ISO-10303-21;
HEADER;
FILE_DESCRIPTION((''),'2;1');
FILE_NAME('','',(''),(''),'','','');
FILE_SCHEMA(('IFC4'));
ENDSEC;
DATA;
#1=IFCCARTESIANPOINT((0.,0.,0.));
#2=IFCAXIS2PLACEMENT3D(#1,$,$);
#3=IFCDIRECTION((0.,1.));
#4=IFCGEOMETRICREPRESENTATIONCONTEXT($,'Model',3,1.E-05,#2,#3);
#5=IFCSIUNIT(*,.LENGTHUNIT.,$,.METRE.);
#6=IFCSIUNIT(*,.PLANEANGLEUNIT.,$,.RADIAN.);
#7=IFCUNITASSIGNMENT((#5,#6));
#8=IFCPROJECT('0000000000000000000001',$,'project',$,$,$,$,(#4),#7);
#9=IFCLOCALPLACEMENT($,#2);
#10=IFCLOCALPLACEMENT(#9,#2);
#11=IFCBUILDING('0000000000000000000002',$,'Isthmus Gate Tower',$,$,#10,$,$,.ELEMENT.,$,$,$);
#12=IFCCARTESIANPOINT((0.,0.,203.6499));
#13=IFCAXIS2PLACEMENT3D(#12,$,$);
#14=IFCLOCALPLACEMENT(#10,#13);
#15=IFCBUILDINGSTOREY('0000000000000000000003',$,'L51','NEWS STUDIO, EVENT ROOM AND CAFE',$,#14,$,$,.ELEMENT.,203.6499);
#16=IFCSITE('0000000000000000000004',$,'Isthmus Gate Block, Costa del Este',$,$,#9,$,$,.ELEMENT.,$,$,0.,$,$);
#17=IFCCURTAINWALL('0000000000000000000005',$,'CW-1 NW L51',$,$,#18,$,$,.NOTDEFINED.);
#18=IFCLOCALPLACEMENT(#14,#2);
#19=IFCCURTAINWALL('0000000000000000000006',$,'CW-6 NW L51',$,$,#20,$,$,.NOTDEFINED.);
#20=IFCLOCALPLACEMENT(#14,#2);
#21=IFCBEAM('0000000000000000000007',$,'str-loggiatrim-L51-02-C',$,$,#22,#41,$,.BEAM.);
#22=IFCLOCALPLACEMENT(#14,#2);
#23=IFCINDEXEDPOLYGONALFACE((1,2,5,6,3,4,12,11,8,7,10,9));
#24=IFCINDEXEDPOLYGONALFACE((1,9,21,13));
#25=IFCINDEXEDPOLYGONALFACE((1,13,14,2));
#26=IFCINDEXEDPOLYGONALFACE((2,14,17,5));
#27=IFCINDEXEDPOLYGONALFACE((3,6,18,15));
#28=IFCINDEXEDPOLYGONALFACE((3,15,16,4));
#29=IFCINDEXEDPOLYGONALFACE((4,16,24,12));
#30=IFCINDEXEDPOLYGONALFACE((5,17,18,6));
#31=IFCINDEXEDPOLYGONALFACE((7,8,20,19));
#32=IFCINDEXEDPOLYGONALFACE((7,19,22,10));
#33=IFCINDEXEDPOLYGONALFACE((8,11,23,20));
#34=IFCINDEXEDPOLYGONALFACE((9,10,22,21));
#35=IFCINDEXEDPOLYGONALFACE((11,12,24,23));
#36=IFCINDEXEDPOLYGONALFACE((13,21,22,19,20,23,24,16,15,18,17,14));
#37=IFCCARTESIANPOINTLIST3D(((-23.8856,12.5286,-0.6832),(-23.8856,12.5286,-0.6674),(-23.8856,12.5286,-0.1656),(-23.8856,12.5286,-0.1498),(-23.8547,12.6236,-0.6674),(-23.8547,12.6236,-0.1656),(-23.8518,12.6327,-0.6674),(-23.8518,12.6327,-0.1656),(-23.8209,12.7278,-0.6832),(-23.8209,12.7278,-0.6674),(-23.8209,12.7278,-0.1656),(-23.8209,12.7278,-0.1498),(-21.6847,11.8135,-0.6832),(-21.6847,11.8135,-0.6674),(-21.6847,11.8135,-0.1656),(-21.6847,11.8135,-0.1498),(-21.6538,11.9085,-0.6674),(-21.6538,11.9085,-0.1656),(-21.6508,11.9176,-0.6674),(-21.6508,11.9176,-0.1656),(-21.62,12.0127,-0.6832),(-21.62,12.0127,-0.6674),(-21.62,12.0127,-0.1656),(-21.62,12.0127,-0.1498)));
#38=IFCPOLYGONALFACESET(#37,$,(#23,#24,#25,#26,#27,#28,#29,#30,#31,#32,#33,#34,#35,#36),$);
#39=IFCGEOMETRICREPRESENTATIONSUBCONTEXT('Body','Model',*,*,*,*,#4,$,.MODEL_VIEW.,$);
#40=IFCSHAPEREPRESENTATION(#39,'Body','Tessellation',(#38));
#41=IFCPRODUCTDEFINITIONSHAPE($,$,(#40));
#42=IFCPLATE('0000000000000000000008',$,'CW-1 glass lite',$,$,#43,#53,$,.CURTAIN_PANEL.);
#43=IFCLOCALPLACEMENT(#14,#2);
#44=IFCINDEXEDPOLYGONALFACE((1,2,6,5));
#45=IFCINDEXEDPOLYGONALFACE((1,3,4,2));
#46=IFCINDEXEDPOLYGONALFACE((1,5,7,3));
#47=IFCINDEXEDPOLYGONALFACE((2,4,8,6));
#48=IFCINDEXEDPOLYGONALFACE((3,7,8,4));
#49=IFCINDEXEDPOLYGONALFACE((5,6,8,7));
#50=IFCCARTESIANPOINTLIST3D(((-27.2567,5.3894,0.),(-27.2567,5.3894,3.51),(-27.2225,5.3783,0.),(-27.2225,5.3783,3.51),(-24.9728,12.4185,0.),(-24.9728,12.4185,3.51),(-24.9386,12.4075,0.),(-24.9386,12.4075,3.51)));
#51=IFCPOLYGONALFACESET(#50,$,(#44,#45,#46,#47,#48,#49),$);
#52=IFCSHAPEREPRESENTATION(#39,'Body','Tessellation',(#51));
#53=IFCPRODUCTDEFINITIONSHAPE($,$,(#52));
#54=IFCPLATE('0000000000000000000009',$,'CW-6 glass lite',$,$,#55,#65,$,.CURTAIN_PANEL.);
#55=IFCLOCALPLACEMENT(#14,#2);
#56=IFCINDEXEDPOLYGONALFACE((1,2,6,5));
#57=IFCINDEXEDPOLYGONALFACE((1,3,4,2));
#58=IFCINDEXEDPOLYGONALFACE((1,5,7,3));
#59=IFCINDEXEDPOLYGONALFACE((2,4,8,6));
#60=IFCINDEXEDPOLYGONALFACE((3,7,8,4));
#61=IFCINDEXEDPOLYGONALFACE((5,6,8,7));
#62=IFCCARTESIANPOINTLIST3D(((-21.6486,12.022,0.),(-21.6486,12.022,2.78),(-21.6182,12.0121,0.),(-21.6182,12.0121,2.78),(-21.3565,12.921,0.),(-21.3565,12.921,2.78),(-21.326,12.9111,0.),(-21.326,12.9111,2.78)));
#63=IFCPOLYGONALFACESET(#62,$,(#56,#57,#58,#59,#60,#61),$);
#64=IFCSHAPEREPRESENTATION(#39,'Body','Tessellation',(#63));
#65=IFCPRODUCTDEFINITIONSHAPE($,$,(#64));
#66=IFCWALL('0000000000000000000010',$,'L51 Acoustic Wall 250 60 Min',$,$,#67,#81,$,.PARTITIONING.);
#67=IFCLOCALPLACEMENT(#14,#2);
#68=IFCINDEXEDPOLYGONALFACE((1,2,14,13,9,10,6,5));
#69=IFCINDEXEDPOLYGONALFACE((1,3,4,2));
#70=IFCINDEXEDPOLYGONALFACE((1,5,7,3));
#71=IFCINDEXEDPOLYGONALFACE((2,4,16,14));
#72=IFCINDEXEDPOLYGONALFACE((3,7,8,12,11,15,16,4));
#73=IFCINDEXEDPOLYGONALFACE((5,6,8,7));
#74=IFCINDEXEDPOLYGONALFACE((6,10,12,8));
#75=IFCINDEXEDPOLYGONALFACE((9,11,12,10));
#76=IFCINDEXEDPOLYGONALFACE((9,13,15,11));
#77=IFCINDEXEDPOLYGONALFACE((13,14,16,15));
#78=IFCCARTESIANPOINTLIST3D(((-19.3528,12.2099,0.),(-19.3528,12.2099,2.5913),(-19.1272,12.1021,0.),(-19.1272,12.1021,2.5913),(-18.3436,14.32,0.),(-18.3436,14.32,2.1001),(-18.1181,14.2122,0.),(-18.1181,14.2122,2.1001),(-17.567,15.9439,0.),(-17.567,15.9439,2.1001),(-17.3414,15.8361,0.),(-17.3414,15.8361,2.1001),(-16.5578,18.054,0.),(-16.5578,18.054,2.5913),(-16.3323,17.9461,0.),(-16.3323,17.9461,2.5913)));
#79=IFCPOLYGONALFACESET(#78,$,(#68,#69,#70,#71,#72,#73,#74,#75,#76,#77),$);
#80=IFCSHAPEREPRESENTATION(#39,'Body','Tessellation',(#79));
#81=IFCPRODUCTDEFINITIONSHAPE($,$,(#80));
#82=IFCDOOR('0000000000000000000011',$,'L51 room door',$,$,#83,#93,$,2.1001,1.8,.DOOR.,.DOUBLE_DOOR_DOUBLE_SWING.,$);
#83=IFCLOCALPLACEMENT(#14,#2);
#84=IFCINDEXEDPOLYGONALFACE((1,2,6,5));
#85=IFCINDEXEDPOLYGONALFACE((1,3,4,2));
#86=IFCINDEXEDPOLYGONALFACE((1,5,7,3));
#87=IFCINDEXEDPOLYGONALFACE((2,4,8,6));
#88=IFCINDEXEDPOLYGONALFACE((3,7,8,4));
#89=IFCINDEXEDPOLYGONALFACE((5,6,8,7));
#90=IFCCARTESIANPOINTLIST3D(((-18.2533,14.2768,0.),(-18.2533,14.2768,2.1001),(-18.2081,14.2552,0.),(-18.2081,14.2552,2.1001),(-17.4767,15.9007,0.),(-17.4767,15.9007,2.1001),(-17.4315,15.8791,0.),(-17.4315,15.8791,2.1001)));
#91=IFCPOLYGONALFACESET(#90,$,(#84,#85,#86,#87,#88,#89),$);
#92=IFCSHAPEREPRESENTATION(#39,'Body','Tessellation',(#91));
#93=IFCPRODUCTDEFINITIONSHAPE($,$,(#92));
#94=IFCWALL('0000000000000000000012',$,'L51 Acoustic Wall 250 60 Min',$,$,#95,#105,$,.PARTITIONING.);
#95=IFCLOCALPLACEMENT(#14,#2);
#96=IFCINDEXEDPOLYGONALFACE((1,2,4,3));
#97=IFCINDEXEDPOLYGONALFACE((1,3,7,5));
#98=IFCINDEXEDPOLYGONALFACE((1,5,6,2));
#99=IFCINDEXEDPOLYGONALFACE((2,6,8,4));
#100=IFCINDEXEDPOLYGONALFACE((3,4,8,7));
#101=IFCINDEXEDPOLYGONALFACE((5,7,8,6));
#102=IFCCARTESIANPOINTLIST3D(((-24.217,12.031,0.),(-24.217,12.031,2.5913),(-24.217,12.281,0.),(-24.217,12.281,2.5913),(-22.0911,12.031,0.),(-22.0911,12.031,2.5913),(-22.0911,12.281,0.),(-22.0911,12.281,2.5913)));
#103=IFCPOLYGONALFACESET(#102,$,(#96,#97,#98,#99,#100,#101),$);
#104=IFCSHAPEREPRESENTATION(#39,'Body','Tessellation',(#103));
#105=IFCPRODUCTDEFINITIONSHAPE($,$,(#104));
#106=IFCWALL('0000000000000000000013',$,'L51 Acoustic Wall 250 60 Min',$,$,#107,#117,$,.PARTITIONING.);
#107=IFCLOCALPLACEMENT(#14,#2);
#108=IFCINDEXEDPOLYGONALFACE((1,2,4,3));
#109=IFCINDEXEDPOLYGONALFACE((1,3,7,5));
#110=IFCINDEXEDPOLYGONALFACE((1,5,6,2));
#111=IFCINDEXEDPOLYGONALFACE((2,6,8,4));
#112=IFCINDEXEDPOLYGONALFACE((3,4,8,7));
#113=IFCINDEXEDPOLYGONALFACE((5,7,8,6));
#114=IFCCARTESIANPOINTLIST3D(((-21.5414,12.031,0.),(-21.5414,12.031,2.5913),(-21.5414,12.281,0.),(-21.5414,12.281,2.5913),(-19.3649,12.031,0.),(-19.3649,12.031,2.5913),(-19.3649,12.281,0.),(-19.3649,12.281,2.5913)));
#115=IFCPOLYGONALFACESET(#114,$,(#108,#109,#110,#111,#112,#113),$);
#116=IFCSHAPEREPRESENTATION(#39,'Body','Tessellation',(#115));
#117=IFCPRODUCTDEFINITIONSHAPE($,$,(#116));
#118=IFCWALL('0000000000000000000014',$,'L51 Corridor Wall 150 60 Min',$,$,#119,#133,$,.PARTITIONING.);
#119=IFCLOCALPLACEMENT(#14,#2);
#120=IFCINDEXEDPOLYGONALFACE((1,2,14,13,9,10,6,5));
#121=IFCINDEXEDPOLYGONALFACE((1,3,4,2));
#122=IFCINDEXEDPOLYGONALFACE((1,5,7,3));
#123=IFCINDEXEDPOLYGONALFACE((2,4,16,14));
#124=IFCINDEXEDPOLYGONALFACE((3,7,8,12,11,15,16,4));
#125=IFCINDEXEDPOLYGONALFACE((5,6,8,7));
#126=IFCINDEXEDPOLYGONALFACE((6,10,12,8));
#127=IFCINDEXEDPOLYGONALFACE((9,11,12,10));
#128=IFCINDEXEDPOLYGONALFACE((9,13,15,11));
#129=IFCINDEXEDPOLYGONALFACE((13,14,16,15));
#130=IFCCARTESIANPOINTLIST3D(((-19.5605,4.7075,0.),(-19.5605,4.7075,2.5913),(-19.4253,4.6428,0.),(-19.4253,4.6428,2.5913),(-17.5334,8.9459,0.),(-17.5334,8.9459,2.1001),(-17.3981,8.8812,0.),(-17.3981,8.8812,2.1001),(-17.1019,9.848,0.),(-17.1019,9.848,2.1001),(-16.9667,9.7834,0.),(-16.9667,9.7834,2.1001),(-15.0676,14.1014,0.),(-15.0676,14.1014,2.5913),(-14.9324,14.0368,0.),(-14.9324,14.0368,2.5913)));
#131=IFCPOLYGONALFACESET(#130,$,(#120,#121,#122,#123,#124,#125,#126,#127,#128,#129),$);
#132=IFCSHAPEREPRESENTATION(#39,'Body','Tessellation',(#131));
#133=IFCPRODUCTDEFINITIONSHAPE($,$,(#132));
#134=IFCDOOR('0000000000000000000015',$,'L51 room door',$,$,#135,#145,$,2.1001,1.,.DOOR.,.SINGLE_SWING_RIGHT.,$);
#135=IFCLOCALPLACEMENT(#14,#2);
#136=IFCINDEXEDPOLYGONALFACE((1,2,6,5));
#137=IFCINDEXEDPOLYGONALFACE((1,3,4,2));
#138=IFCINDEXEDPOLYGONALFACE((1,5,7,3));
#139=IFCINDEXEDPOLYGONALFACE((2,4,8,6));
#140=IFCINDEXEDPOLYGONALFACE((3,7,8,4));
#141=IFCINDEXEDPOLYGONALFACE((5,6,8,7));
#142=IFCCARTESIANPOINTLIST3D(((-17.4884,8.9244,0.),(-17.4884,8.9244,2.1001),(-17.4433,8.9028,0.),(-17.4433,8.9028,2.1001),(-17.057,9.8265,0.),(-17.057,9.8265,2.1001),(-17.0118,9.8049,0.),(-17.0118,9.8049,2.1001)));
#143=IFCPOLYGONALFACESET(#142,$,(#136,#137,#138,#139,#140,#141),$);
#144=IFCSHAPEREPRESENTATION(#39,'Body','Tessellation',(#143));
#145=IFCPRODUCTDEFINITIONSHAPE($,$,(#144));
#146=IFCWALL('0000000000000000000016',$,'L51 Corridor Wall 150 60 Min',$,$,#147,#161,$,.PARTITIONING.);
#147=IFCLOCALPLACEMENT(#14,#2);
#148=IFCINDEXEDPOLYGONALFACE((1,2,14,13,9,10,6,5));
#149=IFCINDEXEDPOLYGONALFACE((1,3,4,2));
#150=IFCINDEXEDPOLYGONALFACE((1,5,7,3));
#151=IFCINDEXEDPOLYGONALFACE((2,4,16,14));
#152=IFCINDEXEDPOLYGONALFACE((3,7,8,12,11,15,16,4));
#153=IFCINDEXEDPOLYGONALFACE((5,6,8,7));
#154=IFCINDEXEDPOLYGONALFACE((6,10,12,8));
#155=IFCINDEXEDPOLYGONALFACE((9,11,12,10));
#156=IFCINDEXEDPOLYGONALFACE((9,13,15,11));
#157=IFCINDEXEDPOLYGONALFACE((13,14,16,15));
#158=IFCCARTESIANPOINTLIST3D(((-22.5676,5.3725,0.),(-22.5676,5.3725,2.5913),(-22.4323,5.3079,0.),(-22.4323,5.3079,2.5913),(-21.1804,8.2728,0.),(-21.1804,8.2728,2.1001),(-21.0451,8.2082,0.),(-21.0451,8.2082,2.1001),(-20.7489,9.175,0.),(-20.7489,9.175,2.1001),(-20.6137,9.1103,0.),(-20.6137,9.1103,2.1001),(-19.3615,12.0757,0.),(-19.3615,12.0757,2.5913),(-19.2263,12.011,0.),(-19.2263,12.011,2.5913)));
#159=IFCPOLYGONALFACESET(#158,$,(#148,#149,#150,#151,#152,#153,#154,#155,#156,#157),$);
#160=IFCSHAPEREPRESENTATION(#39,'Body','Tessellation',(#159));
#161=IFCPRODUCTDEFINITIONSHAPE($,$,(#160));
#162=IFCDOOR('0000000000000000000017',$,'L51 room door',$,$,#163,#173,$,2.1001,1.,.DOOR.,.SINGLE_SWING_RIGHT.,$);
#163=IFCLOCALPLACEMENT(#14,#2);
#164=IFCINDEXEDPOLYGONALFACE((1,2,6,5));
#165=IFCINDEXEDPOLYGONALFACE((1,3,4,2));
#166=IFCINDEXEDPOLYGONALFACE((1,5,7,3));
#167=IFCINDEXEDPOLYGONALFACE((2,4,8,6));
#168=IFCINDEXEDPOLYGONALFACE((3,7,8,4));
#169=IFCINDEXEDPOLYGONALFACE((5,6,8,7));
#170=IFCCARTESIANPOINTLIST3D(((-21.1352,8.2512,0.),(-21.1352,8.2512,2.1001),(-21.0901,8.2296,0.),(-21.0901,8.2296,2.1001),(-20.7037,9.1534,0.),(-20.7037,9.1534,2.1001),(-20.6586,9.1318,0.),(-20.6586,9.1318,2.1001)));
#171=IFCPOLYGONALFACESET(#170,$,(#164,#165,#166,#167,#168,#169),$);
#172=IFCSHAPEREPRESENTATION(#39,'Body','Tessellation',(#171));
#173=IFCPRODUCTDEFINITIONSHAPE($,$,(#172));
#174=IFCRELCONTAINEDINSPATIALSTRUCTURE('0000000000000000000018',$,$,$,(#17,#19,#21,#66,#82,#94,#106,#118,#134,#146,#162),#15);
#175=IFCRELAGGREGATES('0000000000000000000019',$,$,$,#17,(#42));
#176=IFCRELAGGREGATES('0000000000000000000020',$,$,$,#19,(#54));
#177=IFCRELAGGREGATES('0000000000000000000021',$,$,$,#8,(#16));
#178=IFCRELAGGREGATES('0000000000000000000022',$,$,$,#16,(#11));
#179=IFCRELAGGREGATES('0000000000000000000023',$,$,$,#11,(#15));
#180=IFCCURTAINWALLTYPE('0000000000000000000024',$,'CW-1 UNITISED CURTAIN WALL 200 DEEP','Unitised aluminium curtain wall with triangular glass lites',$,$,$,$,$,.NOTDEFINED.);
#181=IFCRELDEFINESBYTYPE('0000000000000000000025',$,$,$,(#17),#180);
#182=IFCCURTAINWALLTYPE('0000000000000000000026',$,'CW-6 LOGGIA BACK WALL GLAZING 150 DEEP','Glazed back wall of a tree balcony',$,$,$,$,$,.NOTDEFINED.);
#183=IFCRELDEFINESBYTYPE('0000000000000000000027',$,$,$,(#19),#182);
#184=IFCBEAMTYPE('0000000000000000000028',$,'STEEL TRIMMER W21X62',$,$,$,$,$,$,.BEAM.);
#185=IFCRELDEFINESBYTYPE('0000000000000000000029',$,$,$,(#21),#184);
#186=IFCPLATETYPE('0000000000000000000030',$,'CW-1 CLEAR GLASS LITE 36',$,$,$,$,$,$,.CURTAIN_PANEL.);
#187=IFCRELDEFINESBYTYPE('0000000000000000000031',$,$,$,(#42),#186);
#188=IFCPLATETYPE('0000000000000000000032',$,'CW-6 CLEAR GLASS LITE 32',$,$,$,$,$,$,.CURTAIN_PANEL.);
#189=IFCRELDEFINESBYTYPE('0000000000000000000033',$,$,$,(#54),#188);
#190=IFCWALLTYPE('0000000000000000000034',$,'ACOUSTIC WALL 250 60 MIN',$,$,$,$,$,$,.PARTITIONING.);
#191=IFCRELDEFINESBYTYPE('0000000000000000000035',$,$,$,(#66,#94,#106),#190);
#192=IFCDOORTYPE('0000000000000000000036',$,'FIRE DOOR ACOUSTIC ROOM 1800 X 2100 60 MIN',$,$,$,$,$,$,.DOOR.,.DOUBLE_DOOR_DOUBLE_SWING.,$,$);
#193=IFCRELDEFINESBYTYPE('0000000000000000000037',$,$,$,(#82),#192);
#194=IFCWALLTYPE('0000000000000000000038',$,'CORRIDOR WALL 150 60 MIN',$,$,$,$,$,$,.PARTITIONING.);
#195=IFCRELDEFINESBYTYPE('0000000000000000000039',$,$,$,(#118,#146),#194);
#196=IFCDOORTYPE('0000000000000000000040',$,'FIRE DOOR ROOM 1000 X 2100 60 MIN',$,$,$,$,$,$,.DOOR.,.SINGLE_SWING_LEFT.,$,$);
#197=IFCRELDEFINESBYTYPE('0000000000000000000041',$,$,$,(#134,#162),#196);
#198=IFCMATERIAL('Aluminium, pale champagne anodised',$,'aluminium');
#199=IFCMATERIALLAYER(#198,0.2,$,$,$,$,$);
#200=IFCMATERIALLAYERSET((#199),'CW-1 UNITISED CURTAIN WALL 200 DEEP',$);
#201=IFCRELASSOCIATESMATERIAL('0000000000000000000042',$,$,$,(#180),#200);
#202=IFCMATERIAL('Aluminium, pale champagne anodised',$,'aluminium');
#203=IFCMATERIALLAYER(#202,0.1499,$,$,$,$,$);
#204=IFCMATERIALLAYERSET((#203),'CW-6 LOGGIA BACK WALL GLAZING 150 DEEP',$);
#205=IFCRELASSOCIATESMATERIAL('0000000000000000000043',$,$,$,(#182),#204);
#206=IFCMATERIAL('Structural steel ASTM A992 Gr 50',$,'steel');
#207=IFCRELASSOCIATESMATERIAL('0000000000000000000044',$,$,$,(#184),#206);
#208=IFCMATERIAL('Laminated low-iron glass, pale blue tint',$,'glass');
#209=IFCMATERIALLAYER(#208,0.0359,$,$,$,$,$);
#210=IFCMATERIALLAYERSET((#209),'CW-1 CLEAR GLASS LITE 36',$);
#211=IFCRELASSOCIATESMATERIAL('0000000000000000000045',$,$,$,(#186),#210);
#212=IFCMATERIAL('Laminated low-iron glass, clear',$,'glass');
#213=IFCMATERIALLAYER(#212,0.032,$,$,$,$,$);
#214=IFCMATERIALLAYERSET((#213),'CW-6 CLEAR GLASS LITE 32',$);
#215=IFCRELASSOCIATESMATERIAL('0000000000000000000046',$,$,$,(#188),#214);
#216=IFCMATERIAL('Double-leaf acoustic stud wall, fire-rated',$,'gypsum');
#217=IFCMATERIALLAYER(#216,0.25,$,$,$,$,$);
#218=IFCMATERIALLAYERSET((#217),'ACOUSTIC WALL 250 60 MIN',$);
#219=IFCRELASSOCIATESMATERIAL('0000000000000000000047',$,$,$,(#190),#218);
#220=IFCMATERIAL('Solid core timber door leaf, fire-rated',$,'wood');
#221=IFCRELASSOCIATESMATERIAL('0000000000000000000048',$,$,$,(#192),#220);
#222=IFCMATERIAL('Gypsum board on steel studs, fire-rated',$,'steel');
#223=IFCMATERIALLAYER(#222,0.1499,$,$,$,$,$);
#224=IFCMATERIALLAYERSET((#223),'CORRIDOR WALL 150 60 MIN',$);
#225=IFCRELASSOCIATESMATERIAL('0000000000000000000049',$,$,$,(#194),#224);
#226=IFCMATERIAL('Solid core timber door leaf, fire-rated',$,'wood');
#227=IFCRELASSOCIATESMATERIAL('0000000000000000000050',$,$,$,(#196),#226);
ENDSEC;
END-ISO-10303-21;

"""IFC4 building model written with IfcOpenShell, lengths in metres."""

from ifc_helpers import new_model, si_unit, direction, frame, frame_2d, origin, origin_2d, place, context, subcontext, project, spatial, rectangle, i_section, extrude, material, layer, layer_set, material_profile, profile_set, type_object, element, fill, aggregate, save


model = new_model("IFC4")

# Units and contexts
model_context = context("Model", 3, precision=1e-05, world=origin(), true_north=direction((0.0, 1.0)))
body_context = subcontext(model_context, "Body", "Model", "MODEL_VIEW")
ifc_project = project(units=[si_unit("LENGTHUNIT", "METRE"), si_unit("PLANEANGLEUNIT", "RADIAN")], contexts=[model_context])

# Site, building, storey
site_placement = place(None, origin())
site = spatial("IfcSite", under=ifc_project, at=site_placement, Name="Isthmus Gate Block, Costa del Este", CompositionType="ELEMENT", RefElevation=0.0)
building_placement = place(site_placement, origin())
building = spatial("IfcBuilding", under=site, at=building_placement, Name="Isthmus Gate Tower", CompositionType="ELEMENT")
storey_placement = place(building_placement, frame((0.0, 0.0, 203.6499)))
storey = spatial("IfcBuildingStorey", under=building, at=storey_placement, Name="L51", Description="NEWS STUDIO, EVENT ROOM AND CAFE", CompositionType="ELEMENT", Elevation=203.6499)

# Curtain wall
ifc_material_1 = material(Name="Aluminium, pale champagne anodised", Category="aluminium")
ifc_layer_1 = layer(ifc_material_1, 0.2)
ifc_layer_set_1 = layer_set([ifc_layer_1], Name="CW-1 UNITISED CURTAIN WALL 200 DEEP")
curtain_wall_type_1 = type_object("IfcCurtainWallType", Name="CW-1 UNITISED CURTAIN WALL 200 DEEP", Description="Unitised aluminium curtain wall with triangular glass lites", PredefinedType="NOTDEFINED", material=ifc_layer_set_1)
curtain_wall_1_placement = place(storey_placement, origin())
curtain_wall_1 = element("IfcCurtainWall", 1, at=curtain_wall_1_placement, inside=storey, type_object=curtain_wall_type_1, Name="CW-1 NW L51", PredefinedType="NOTDEFINED")

# Curtain wall
ifc_material_2 = material(Name="Aluminium, pale champagne anodised", Category="aluminium")
ifc_layer_2 = layer(ifc_material_2, 0.1499)
ifc_layer_set_2 = layer_set([ifc_layer_2], Name="CW-6 LOGGIA BACK WALL GLAZING 150 DEEP")
curtain_wall_type_2 = type_object("IfcCurtainWallType", Name="CW-6 LOGGIA BACK WALL GLAZING 150 DEEP", Description="Glazed back wall of a tree balcony", PredefinedType="NOTDEFINED", material=ifc_layer_set_2)
curtain_wall_2_placement = place(storey_placement, origin())
curtain_wall_2 = element("IfcCurtainWall", 2, at=curtain_wall_2_placement, inside=storey, type_object=curtain_wall_type_2, Name="CW-6 NW L51", PredefinedType="NOTDEFINED")

# Beam
ifc_material_3 = material(Name="Structural steel ASTM A992 Gr 50", Category="steel")
ifc_material_profile_1 = material_profile(ifc_material_3, i_section(OverallWidth=0.2095, OverallDepth=0.5334, WebThickness=0.0095, FlangeThickness=0.0159, at=origin_2d()), Name="W21X62")
ifc_profile_set_1 = profile_set([ifc_material_profile_1], Name="Structural steel ASTM A992 Gr 50")
beam_type_1 = type_object("IfcBeamType", Name="STEEL TRIMMER W21X62", PredefinedType="BEAM", material=ifc_profile_set_1)
beam_1_placement = place(storey_placement, frame((-23.8533, 12.6282, -0.4165), z_axis=(0.951061, -0.309003, 0.0), x_axis=(0.309003, 0.951061, 0.0)))
element("IfcBeam", 3, at=beam_1_placement, inside=storey, type_object=beam_type_1, Name="str-loggiatrim-L51-02-C", PredefinedType="BEAM", context=body_context, shape_type="SweptSolid", body=[
    extrude(i_section(OverallWidth=0.2095, OverallDepth=0.5334, WebThickness=0.0095, FlangeThickness=0.0159, at=origin_2d()), origin(), (0.0, 0.0, 1.0), 2.3142),
])

# Plates
ifc_material_4 = material(Name="Laminated low-iron glass, pale blue tint", Category="glass")
ifc_layer_3 = layer(ifc_material_4, 0.0359)
ifc_layer_set_3 = layer_set([ifc_layer_3], Name="CW-1 CLEAR GLASS LITE 36")
plate_type_1 = type_object("IfcPlateType", Name="CW-1 CLEAR GLASS LITE 36", PredefinedType="CURTAIN_PANEL", material=ifc_layer_set_3)
plate_1_placement = place(storey_placement, frame((-26.0977, 8.8984, 0.0), z_axis=(0.0, 0.0, 1.0), x_axis=(-0.309017, -0.951057, 0.0)))
plate_1 = element("IfcPlate", 4, at=plate_1_placement, type_object=plate_type_1, Name="CW-1 glass lite", PredefinedType="CURTAIN_PANEL", context=body_context, shape_type="SweptSolid", body=[
    extrude(rectangle(XDim=7.3909, YDim=0.0359, at=origin_2d()), origin(), (0.0, 0.0, 1.0), 3.51),
])
aggregate(curtain_wall_1, [plate_1])
ifc_material_5 = material(Name="Laminated low-iron glass, clear", Category="glass")
ifc_layer_4 = layer(ifc_material_5, 0.032)
ifc_layer_set_4 = layer_set([ifc_layer_4], Name="CW-6 CLEAR GLASS LITE 32")
plate_type_2 = type_object("IfcPlateType", Name="CW-6 CLEAR GLASS LITE 32", PredefinedType="CURTAIN_PANEL", material=ifc_layer_set_4)
plate_2_placement = place(storey_placement, frame((-21.4873, 12.4666, 0.0), z_axis=(0.0, 0.0, 1.0), x_axis=(-0.309017, -0.951057, 0.0)))
plate_2 = element("IfcPlate", 5, at=plate_2_placement, type_object=plate_type_2, Name="CW-6 glass lite", PredefinedType="CURTAIN_PANEL", context=body_context, shape_type="SweptSolid", body=[
    extrude(rectangle(XDim=0.9453, YDim=0.032, at=origin_2d()), origin(), (0.0, 0.0, 1.0), 2.78),
])
aggregate(curtain_wall_2, [plate_2])

# Wall, opening, door
ifc_material_6 = material(Name="Double-leaf acoustic stud wall, fire-rated", Category="gypsum")
ifc_layer_5 = layer(ifc_material_6, 0.25)
ifc_layer_set_5 = layer_set([ifc_layer_5], Name="ACOUSTIC WALL 250 60 MIN")
wall_type_1 = type_object("IfcWallType", Name="ACOUSTIC WALL 250 60 MIN", PredefinedType="PARTITIONING", material=ifc_layer_set_5)
wall_1_placement = place(storey_placement, frame((-19.24, 12.156, 0.0), z_axis=(0.0, 0.0, 1.0), x_axis=(0.431451, 0.902136, 0.0)))
wall_1 = element("IfcWall", 6, at=wall_1_placement, inside=storey, type_object=wall_type_1, Name="L51 Acoustic Wall 250 60 Min", PredefinedType="PARTITIONING", context=body_context, shape_type="SweptSolid", body=[
    extrude(rectangle(XDim=6.478, YDim=0.25, at=frame_2d((3.239, 0.0))), origin(), (0.0, 0.0, 1.0), 2.5913),
])
opening_1_placement = place(wall_1_placement, frame((2.3391, 0.0, 0.0)))
opening_1 = element("IfcOpeningElement", 7, at=opening_1_placement, cuts=wall_1, PredefinedType="OPENING", context=body_context, shape_type="SweptSolid", body=[
    extrude(rectangle(XDim=1.8, YDim=2.1001, at=frame_2d((0.8999, 1.05))), frame((0.0, 0.135, 0.0), z_axis=(0.0, -1.0, 0.0), x_axis=(1.0, 0.0, 0.0)), (0.0, 0.0, 1.0), 0.27),
])
ifc_material_7 = material(Name="Solid core timber door leaf, fire-rated", Category="wood")
door_type_1 = type_object("IfcDoorType", Name="FIRE DOOR ACOUSTIC ROOM 1800 X 2100 60 MIN", OperationType="DOUBLE_DOOR_DOUBLE_SWING", PredefinedType="DOOR", material=ifc_material_7)
door_1_placement = place(opening_1_placement, origin())
door_1 = element("IfcDoor", 8, at=door_1_placement, inside=storey, type_object=door_type_1, Name="L51 room door", OperationType="DOUBLE_DOOR_DOUBLE_SWING", OverallHeight=2.1001, OverallWidth=1.8, PredefinedType="DOOR", context=body_context, shape_type="SweptSolid", body=[
    extrude(rectangle(XDim=1.8, YDim=2.1001, at=frame_2d((0.8999, 1.05))), frame((0.0, 0.0249, 0.0), z_axis=(0.0, -1.0, 0.0), x_axis=(1.0, 0.0, 0.0)), (0.0, 0.0, 1.0), 0.05),
])
fill(opening_1, door_1)

# Walls
wall_2_placement = place(storey_placement, frame((-24.217, 12.156, 0.0), z_axis=(0.0, 0.0, 1.0), x_axis=(1.0, 0.0, 0.0)))
element("IfcWall", 9, at=wall_2_placement, inside=storey, type_object=wall_type_1, Name="L51 Acoustic Wall 250 60 Min", PredefinedType="PARTITIONING", context=body_context, shape_type="SweptSolid", body=[
    extrude(rectangle(XDim=2.126, YDim=0.25, at=frame_2d((1.063, 0.0))), origin(), (0.0, 0.0, 1.0), 2.5913),
])
wall_3_placement = place(storey_placement, frame((-21.5415, 12.156, 0.0), z_axis=(0.0, 0.0, 1.0), x_axis=(1.0, 0.0, 0.0)))
element("IfcWall", 10, at=wall_3_placement, inside=storey, type_object=wall_type_1, Name="L51 Acoustic Wall 250 60 Min", PredefinedType="PARTITIONING", context=body_context, shape_type="SweptSolid", body=[
    extrude(rectangle(XDim=2.1765, YDim=0.25, at=frame_2d((1.0884, 0.0))), origin(), (0.0, 0.0, 1.0), 2.5913),
])

# Walls, openings, doors
ifc_material_8 = material(Name="Gypsum board on steel studs, fire-rated", Category="steel")
ifc_layer_6 = layer(ifc_material_8, 0.1499)
ifc_layer_set_6 = layer_set([ifc_layer_6], Name="CORRIDOR WALL 150 60 MIN")
wall_type_2 = type_object("IfcWallType", Name="CORRIDOR WALL 150 60 MIN", PredefinedType="PARTITIONING", material=ifc_layer_set_6)
wall_4_placement = place(storey_placement, frame((-15.0, 14.0691, 0.0), z_axis=(0.0, 0.0, 1.0), x_axis=(-0.431465, -0.90213, 0.0)))
wall_4 = element("IfcWall", 11, at=wall_4_placement, inside=storey, type_object=wall_type_2, Name="L51 Corridor Wall 150 60 Min", PredefinedType="PARTITIONING", context=body_context, shape_type="SweptSolid", body=[
    extrude(rectangle(XDim=10.4131, YDim=0.1499, at=frame_2d((5.2065, 0.0))), origin(), (0.0, 0.0, 1.0), 2.5913),
])
opening_2_placement = place(wall_4_placement, frame((4.7148, 0.0, 0.0)))
opening_2 = element("IfcOpeningElement", 12, at=opening_2_placement, cuts=wall_4, PredefinedType="OPENING", context=body_context, shape_type="SweptSolid", body=[
    extrude(rectangle(XDim=1.0, YDim=2.1001, at=frame_2d((0.5, 1.05))), frame((0.0, 0.085, 0.0), z_axis=(0.0, -1.0, 0.0), x_axis=(1.0, 0.0, 0.0)), (0.0, 0.0, 1.0), 0.1699),
])
ifc_material_9 = material(Name="Solid core timber door leaf, fire-rated", Category="wood")
door_type_2 = type_object("IfcDoorType", Name="FIRE DOOR ROOM 1000 X 2100 60 MIN", OperationType="SINGLE_SWING_LEFT", PredefinedType="DOOR", material=ifc_material_9)
door_2_placement = place(opening_2_placement, origin())
door_2 = element("IfcDoor", 13, at=door_2_placement, inside=storey, type_object=door_type_2, Name="L51 room door", OperationType="SINGLE_SWING_RIGHT", OverallHeight=2.1001, OverallWidth=1.0, PredefinedType="DOOR", context=body_context, shape_type="SweptSolid", body=[
    extrude(rectangle(XDim=1.0, YDim=2.1001, at=frame_2d((0.5, 1.05))), frame((0.0, 0.0249, 0.0), z_axis=(0.0, -1.0, 0.0), x_axis=(1.0, 0.0, 0.0)), (0.0, 0.0, 1.0), 0.05),
])
fill(opening_2, door_2)
wall_5_placement = place(storey_placement, frame((-22.5, 5.3401, 0.0), z_axis=(0.0, 0.0, 1.0), x_axis=(0.431479, 0.902123, 0.0)))
wall_5 = element("IfcWall", 14, at=wall_5_placement, inside=storey, type_object=wall_type_2, Name="L51 Corridor Wall 150 60 Min", PredefinedType="PARTITIONING", context=body_context, shape_type="SweptSolid", body=[
    extrude(rectangle(XDim=7.4304, YDim=0.1499, at=frame_2d((3.7153, 0.0))), origin(), (0.0, 0.0, 1.0), 2.5913),
])
opening_3_placement = place(wall_5_placement, frame((3.2151, 0.0, 0.0)))
opening_3 = element("IfcOpeningElement", 15, at=opening_3_placement, cuts=wall_5, PredefinedType="OPENING", context=body_context, shape_type="SweptSolid", body=[
    extrude(rectangle(XDim=1.0, YDim=2.1001, at=frame_2d((0.5, 1.05))), frame((0.0, 0.085, 0.0), z_axis=(0.0, -1.0, 0.0), x_axis=(1.0, 0.0, 0.0)), (0.0, 0.0, 1.0), 0.1699),
])
door_3_placement = place(opening_3_placement, origin())
door_3 = element("IfcDoor", 16, at=door_3_placement, inside=storey, type_object=door_type_2, Name="L51 room door", OperationType="SINGLE_SWING_RIGHT", OverallHeight=2.1001, OverallWidth=1.0, PredefinedType="DOOR", context=body_context, shape_type="SweptSolid", body=[
    extrude(rectangle(XDim=1.0, YDim=2.1001, at=frame_2d((0.5, 1.05))), frame((0.0, 0.0249, 0.0), z_axis=(0.0, -1.0, 0.0), x_axis=(1.0, 0.0, 0.0)), (0.0, 0.0, 1.0), 0.05),
])
fill(opening_3, door_3)

save(model, "model.ifc")
